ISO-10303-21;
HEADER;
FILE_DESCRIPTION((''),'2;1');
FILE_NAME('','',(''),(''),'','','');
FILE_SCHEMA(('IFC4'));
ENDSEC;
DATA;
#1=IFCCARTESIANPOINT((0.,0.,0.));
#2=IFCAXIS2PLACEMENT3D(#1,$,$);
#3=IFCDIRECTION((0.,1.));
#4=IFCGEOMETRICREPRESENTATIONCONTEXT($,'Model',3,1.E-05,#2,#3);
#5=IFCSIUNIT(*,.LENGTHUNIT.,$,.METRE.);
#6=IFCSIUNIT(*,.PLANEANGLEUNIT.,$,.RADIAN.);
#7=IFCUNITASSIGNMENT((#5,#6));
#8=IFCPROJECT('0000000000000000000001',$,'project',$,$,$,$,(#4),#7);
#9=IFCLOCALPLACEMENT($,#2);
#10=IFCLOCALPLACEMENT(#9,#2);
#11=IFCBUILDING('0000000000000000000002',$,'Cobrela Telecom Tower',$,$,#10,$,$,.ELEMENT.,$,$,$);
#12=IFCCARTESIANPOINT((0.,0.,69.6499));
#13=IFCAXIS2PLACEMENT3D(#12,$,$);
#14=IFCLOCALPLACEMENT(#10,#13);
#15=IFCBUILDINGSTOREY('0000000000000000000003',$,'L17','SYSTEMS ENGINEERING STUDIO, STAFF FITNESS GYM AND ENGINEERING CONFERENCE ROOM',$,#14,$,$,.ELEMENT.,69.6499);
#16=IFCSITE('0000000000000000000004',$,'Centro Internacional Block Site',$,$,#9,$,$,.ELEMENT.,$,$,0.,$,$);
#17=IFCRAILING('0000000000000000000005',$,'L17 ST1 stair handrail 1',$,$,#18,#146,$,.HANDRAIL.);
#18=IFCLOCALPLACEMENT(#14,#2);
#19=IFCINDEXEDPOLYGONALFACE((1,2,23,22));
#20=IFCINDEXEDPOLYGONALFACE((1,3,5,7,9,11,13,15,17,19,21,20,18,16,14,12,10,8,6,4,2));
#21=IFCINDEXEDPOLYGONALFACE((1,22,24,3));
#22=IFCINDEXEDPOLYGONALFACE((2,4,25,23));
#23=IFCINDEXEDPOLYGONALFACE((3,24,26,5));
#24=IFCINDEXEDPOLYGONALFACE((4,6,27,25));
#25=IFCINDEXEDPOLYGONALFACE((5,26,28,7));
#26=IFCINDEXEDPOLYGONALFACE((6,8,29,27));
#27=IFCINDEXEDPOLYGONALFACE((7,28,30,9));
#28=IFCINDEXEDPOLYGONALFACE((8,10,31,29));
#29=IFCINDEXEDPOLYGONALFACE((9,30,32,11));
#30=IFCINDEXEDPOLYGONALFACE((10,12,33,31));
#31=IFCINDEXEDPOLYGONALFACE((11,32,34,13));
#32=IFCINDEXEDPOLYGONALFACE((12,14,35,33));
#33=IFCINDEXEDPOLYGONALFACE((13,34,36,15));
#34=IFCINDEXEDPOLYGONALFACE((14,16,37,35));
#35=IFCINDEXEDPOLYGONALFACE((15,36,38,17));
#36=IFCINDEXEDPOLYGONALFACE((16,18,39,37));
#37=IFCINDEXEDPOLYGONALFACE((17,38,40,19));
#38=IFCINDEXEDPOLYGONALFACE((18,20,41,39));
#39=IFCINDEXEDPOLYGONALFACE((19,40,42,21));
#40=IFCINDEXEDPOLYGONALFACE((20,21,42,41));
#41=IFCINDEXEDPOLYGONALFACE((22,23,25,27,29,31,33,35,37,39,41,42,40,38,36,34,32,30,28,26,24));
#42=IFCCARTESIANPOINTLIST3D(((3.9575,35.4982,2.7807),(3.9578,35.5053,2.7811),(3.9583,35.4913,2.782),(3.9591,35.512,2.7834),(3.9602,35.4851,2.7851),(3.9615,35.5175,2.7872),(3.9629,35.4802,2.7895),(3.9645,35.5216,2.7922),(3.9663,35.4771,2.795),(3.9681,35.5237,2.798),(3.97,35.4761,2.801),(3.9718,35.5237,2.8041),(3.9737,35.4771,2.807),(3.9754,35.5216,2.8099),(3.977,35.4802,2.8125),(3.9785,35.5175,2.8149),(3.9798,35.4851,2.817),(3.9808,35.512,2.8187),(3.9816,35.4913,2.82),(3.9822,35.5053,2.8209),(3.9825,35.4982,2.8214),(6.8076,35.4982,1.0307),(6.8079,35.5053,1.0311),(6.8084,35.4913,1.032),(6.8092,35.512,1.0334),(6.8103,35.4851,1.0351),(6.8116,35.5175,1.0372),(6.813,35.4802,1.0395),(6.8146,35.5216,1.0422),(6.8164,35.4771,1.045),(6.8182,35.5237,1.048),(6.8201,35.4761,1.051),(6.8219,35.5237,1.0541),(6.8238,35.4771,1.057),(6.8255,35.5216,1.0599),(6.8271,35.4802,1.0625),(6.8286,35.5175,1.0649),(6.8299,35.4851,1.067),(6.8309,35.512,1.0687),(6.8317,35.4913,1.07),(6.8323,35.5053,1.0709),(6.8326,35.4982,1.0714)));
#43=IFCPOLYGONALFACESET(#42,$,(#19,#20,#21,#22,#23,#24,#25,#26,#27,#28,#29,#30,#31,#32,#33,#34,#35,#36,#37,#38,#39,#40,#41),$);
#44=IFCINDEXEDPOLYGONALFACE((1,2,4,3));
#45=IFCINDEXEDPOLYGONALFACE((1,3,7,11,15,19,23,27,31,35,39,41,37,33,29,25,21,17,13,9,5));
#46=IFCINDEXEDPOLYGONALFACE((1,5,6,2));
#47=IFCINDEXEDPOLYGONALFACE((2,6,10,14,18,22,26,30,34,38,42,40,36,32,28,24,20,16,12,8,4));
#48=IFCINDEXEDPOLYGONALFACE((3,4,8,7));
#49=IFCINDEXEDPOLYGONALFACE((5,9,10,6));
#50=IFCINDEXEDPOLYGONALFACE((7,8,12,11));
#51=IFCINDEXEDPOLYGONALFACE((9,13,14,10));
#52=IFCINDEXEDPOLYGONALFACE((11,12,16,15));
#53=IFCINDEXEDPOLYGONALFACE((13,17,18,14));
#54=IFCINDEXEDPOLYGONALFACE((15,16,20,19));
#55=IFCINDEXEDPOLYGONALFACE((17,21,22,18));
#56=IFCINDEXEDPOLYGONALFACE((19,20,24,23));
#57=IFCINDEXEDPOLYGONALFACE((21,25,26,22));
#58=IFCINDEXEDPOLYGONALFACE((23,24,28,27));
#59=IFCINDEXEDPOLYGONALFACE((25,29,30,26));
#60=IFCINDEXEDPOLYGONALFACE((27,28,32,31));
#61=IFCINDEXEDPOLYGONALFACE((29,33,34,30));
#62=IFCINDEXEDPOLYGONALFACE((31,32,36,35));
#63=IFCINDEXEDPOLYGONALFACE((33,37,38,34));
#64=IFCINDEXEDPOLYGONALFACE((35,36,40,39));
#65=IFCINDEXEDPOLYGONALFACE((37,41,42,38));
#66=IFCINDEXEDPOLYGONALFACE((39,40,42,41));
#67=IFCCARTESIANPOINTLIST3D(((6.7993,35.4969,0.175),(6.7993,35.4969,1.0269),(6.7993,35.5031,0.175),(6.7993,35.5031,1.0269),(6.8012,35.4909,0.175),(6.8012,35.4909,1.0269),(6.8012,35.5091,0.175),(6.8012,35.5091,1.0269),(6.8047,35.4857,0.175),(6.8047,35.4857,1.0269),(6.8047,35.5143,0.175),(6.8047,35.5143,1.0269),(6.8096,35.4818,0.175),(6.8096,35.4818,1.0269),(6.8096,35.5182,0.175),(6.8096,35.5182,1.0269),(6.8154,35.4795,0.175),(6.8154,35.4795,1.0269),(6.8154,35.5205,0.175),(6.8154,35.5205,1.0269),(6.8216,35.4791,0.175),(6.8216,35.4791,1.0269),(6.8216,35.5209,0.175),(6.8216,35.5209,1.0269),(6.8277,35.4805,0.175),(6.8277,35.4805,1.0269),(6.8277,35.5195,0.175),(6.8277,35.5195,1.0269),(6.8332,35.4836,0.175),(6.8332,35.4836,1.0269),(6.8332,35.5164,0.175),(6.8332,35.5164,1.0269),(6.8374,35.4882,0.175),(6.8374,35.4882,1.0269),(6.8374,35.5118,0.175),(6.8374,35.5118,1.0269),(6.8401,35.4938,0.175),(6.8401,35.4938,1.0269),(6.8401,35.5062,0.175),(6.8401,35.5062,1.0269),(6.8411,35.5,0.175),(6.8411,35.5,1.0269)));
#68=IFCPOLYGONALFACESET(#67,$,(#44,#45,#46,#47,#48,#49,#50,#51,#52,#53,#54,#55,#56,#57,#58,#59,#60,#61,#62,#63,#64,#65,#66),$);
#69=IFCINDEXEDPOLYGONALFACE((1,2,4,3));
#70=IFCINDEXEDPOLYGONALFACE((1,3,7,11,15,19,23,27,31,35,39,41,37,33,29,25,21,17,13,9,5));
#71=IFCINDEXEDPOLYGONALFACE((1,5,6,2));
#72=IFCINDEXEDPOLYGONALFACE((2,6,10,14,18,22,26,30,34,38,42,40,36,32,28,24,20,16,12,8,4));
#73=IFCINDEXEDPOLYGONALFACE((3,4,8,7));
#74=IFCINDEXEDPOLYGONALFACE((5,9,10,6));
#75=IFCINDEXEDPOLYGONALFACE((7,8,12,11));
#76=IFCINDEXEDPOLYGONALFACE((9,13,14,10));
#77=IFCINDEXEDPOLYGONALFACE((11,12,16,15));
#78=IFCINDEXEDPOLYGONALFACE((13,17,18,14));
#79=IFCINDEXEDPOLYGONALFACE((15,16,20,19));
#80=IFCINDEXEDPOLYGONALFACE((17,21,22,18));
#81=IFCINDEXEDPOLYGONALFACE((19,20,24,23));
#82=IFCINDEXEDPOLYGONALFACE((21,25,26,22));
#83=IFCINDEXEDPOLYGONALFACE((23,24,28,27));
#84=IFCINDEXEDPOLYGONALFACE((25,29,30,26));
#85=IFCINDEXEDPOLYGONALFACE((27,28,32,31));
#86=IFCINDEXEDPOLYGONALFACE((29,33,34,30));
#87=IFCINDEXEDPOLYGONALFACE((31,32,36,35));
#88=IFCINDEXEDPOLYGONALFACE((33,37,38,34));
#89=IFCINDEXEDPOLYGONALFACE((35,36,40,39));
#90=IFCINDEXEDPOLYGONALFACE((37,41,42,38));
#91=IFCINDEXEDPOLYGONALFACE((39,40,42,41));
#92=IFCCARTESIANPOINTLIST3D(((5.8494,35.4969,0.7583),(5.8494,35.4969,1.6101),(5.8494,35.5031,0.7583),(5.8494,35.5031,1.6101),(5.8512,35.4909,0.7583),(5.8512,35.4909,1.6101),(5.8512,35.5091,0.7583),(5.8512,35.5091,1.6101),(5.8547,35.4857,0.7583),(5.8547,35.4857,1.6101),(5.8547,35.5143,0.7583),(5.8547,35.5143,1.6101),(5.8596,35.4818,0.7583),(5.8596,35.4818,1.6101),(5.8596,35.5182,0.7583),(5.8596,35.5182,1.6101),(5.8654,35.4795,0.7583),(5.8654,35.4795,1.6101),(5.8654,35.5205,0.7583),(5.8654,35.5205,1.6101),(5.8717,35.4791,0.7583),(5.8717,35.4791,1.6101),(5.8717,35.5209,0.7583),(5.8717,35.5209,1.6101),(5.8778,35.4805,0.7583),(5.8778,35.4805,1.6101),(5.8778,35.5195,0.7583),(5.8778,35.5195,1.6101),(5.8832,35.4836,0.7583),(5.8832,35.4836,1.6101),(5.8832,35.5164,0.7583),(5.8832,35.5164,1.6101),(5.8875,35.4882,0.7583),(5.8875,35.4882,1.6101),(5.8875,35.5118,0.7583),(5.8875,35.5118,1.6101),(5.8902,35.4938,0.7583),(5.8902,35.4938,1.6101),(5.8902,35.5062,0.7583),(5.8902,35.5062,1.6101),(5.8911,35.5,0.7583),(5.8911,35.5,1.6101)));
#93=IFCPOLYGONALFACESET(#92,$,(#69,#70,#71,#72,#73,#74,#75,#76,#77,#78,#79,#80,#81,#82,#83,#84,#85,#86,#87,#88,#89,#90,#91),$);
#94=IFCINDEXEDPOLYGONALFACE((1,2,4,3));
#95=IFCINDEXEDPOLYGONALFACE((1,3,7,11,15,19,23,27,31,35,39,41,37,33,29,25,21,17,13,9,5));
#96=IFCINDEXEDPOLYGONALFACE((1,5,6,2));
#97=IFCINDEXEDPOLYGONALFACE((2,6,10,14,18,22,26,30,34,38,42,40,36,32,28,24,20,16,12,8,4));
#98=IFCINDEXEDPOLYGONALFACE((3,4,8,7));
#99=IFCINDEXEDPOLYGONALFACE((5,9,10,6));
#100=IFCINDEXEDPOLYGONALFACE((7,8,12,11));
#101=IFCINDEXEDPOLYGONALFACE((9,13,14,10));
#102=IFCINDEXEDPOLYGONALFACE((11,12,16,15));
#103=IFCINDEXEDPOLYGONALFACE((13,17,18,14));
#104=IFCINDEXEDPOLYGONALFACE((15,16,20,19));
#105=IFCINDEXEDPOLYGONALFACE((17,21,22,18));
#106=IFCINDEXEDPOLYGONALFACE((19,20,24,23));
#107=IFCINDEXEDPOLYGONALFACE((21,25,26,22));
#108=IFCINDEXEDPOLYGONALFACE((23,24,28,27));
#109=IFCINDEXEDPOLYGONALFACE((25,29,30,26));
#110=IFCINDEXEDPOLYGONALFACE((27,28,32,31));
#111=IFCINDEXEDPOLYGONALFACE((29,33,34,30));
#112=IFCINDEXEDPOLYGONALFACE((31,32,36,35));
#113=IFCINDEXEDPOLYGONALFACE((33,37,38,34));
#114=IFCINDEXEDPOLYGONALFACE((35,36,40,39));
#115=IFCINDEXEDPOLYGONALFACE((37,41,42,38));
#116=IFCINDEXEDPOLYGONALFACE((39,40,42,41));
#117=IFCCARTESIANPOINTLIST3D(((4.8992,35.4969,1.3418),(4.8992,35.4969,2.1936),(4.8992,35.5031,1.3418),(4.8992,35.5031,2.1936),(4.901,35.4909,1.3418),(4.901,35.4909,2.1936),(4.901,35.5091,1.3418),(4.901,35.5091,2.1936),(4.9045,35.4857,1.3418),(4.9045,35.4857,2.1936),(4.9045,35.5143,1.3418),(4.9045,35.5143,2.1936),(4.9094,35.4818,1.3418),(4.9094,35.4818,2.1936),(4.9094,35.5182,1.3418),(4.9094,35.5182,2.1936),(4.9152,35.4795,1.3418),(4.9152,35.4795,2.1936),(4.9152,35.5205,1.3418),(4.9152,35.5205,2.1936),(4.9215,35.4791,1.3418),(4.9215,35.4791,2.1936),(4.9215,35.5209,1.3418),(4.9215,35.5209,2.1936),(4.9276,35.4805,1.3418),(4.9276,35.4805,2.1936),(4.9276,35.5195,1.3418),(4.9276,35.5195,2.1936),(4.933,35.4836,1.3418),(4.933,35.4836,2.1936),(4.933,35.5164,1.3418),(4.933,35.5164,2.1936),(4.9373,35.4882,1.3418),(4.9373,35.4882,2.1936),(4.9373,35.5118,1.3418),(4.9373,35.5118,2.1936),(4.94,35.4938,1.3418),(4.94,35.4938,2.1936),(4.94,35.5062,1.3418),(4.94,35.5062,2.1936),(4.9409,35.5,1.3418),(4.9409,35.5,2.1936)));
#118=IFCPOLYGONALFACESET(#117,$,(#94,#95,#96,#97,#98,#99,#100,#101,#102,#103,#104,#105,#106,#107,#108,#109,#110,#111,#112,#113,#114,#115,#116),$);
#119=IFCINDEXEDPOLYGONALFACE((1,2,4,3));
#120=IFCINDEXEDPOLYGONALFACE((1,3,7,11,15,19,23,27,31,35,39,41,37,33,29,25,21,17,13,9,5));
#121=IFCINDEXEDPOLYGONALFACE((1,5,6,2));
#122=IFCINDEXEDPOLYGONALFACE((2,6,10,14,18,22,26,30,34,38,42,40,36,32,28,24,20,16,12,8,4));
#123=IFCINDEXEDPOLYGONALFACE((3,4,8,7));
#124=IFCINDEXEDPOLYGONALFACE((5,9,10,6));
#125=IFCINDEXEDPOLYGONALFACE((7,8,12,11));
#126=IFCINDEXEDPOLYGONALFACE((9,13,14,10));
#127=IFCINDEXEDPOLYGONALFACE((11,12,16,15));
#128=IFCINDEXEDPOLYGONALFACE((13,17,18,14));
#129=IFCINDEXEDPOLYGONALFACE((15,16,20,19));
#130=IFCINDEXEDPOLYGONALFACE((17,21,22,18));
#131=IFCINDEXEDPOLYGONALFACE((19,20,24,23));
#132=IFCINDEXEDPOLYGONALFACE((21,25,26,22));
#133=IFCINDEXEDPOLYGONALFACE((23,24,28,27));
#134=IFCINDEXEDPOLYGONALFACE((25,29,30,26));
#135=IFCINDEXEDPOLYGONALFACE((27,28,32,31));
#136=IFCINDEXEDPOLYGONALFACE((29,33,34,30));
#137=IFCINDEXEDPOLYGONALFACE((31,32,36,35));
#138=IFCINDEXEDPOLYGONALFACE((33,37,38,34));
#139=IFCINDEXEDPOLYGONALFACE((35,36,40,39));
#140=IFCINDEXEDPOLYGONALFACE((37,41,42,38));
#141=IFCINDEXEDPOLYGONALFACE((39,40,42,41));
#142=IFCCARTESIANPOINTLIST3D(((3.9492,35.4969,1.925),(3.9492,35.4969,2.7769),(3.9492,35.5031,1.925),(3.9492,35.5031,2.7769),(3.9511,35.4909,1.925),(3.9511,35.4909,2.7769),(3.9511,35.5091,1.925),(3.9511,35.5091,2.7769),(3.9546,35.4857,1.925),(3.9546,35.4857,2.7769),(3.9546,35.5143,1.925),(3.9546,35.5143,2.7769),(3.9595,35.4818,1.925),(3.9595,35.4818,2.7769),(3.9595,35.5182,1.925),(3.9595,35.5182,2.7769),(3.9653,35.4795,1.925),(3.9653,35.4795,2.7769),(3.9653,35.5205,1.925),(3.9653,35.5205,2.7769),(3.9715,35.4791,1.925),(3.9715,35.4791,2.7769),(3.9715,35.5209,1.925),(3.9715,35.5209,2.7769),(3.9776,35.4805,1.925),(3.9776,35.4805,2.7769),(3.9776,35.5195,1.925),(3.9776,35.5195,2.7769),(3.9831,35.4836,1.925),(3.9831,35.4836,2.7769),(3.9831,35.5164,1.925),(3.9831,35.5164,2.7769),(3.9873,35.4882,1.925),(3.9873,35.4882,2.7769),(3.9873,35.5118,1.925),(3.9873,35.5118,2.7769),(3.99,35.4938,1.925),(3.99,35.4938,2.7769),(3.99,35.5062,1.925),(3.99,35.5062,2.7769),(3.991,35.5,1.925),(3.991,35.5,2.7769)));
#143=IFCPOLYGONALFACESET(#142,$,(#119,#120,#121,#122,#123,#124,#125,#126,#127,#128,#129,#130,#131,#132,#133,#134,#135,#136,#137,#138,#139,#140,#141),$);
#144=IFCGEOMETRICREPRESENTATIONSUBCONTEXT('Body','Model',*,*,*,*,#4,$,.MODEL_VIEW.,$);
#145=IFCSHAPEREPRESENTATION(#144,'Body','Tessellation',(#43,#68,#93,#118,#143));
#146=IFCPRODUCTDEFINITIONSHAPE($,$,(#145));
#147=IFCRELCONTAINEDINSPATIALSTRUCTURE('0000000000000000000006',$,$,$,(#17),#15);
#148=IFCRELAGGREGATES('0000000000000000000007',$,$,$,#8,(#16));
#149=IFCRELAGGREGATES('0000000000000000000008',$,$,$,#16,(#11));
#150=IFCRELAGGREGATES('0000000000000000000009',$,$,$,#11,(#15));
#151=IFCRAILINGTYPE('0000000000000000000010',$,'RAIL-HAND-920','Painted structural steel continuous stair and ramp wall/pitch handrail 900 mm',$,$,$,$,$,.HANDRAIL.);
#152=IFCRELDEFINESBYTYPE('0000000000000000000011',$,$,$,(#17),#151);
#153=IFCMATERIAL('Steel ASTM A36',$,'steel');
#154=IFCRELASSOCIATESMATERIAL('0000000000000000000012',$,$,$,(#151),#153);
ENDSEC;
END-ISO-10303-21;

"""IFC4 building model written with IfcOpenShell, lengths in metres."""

from ifc_helpers import new_model, si_unit, direction, frame, origin, origin_2d, place, context, subcontext, project, spatial, circle, extrude, material, type_object, element, save


model = new_model("IFC4")

# Units and contexts
model_context = context("Model", 3, precision=1e-05, world=origin(), true_north=direction((0.0, 1.0)))
body_context = subcontext(model_context, "Body", "Model", "MODEL_VIEW")
ifc_project = project(units=[si_unit("LENGTHUNIT", "METRE"), si_unit("PLANEANGLEUNIT", "RADIAN")], contexts=[model_context])

# Site, building, storey
site_placement = place(None, origin())
site = spatial("IfcSite", under=ifc_project, at=site_placement, Name="Centro Internacional Block Site", CompositionType="ELEMENT", RefElevation=0.0)
building_placement = place(site_placement, origin())
building = spatial("IfcBuilding", under=site, at=building_placement, Name="Cobrela Telecom Tower", CompositionType="ELEMENT")
storey_placement = place(building_placement, frame((0.0, 0.0, 69.6499)))
storey = spatial("IfcBuildingStorey", under=building, at=storey_placement, Name="L17", Description="SYSTEMS ENGINEERING STUDIO, STAFF FITNESS GYM AND ENGINEERING CONFERENCE ROOM", CompositionType="ELEMENT", Elevation=69.6499)

# Shared definitions
ifc_material_1 = material(Name="Steel ASTM A36", Category="steel")

# Railing
railing_type_1 = type_object("IfcRailingType", Name="RAIL-HAND-920", Description="Painted structural steel continuous stair and ramp wall/pitch handrail 900 mm", PredefinedType="HANDRAIL", material=ifc_material_1)
railing_1_placement = place(storey_placement, frame((6.8201, 35.5, 0.175)))
element("IfcRailing", 1, at=railing_1_placement, inside=storey, type_object=railing_type_1, Name="L17 ST1 stair handrail 1", PredefinedType="HANDRAIL", context=body_context, shape_type="SweptSolid", body=[
    extrude(circle(Radius=0.0239, at=origin_2d()), frame((0.0, 0.0, 0.876), z_axis=(-0.852179, 0.0, 0.52325), x_axis=(0.0, -1.0, 0.0)), (0.0, 0.0, 1.0), 3.3445),
    extrude(circle(Radius=0.021, at=origin_2d()), origin(), (0.0, 0.0, 1.0), 0.8518),
    extrude(circle(Radius=0.021, at=origin_2d()), frame((-0.95, 0.0, 0.5833)), (0.0, 0.0, 1.0), 0.8518),
    extrude(circle(Radius=0.021, at=origin_2d()), frame((-1.9001, 0.0, 1.1667)), (0.0, 0.0, 1.0), 0.8518),
    extrude(circle(Radius=0.021, at=origin_2d()), frame((-2.8501, 0.0, 1.75)), (0.0, 0.0, 1.0), 0.8518),
])

save(model, "model.ifc")
